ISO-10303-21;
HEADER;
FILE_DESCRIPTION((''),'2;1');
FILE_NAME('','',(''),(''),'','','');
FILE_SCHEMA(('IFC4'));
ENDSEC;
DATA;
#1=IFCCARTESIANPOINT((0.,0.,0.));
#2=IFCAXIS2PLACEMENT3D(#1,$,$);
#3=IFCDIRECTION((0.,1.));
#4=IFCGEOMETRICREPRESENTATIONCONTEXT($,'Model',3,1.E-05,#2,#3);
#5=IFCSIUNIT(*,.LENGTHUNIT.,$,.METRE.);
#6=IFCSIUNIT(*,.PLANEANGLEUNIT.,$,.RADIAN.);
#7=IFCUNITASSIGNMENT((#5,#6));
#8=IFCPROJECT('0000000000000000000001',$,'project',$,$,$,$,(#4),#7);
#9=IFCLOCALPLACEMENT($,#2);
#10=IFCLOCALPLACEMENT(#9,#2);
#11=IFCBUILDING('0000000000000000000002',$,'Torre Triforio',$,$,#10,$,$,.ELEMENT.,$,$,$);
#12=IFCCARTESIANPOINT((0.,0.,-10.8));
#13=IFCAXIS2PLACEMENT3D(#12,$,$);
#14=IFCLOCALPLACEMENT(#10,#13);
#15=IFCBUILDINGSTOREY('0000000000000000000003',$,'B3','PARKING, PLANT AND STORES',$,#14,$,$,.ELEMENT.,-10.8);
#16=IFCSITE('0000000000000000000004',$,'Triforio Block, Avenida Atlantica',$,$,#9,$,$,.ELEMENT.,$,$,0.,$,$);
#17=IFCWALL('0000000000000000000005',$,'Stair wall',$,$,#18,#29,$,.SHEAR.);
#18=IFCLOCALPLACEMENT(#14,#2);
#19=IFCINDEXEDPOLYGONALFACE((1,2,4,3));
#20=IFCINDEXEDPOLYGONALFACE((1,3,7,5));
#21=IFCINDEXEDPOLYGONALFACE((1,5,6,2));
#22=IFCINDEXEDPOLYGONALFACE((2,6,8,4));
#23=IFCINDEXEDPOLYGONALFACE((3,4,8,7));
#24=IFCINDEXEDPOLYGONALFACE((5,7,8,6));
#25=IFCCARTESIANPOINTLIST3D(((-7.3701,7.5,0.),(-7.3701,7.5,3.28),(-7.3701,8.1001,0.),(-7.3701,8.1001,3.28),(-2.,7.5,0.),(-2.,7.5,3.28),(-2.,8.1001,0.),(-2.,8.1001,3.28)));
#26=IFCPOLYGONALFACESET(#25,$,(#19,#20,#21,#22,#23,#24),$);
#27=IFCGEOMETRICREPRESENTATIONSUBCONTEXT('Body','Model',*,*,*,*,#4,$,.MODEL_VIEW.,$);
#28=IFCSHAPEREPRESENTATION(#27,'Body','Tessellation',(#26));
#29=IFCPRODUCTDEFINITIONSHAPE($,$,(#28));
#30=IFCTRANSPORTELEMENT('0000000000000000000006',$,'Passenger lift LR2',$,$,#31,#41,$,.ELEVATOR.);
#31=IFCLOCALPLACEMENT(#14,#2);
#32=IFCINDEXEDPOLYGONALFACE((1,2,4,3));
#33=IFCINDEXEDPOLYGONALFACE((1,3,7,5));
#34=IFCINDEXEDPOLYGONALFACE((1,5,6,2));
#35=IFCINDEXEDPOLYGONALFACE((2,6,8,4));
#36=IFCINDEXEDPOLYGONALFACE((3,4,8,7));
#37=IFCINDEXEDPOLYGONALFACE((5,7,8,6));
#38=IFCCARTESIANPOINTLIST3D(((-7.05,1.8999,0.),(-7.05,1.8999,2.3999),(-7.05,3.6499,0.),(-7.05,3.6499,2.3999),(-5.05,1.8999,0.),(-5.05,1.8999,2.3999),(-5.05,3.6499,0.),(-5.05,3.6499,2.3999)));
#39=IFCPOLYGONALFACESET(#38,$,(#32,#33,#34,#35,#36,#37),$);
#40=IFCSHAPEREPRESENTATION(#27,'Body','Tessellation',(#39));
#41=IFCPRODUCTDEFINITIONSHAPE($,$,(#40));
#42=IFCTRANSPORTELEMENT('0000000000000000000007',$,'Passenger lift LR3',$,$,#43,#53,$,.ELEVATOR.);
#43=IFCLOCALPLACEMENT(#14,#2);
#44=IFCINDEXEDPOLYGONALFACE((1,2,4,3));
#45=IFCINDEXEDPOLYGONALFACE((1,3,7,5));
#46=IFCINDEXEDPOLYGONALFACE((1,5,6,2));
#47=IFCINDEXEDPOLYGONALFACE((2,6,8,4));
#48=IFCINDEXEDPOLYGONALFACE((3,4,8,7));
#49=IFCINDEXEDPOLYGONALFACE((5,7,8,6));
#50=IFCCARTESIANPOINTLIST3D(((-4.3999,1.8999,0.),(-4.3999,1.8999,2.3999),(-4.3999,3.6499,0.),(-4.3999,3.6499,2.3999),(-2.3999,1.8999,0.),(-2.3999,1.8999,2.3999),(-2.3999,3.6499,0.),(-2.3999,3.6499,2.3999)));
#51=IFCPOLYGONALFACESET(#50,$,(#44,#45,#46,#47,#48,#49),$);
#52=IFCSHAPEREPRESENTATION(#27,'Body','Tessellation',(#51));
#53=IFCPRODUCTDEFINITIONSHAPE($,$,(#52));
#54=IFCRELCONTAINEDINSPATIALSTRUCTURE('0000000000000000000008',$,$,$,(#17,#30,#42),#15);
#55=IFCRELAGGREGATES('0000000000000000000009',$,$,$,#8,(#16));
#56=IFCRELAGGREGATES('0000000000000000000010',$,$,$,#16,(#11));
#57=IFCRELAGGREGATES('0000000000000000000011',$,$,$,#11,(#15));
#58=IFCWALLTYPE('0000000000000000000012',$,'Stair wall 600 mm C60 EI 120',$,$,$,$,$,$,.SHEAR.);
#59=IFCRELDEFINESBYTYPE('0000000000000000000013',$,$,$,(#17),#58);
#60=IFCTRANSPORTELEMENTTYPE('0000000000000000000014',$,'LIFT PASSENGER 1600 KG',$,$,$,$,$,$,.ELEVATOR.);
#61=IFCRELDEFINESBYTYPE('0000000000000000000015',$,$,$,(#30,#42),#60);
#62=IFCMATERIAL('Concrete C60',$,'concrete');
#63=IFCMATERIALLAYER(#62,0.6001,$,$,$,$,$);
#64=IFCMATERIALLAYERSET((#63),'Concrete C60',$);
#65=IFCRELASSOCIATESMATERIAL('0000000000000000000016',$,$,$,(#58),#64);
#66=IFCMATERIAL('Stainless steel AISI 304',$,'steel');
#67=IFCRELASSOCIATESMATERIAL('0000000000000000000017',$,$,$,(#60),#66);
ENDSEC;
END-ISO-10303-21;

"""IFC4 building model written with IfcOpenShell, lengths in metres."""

from ifc_helpers import new_model, si_unit, direction, frame, frame_2d, origin, origin_2d, place, context, subcontext, project, spatial, rectangle, extrude, material, layer, layer_set, type_object, element, save


model = new_model("IFC4")

# Units and contexts
model_context = context("Model", 3, precision=1e-05, world=origin(), true_north=direction((0.0, 1.0)))
body_context = subcontext(model_context, "Body", "Model", "MODEL_VIEW")
ifc_project = project(units=[si_unit("LENGTHUNIT", "METRE"), si_unit("PLANEANGLEUNIT", "RADIAN")], contexts=[model_context])

# Site, building, storey
site_placement = place(None, origin())
site = spatial("IfcSite", under=ifc_project, at=site_placement, Name="Triforio Block, Avenida Atlantica", CompositionType="ELEMENT", RefElevation=0.0)
building_placement = place(site_placement, origin())
building = spatial("IfcBuilding", under=site, at=building_placement, Name="Torre Triforio", CompositionType="ELEMENT")
storey_placement = place(building_placement, frame((0.0, 0.0, -10.8)))
storey = spatial("IfcBuildingStorey", under=building, at=storey_placement, Name="B3", Description="PARKING, PLANT AND STORES", CompositionType="ELEMENT", Elevation=-10.8)

# Shared definitions
ifc_material_1 = material(Name="Concrete C60", Category="concrete")

# Wall
ifc_layer_1 = layer(ifc_material_1, 0.6001)
ifc_layer_set_1 = layer_set([ifc_layer_1], Name="Concrete C60")
wall_type_1 = type_object("IfcWallType", Name="Stair wall 600 mm C60 EI 120", PredefinedType="SHEAR", material=ifc_layer_set_1)
wall_1_placement = place(storey_placement, frame((-7.3701, 7.8, 0.0), z_axis=(0.0, 0.0, 1.0), x_axis=(1.0, 0.0, 0.0)))
element("IfcWall", 1, at=wall_1_placement, inside=storey, type_object=wall_type_1, Name="Stair wall", PredefinedType="SHEAR", context=body_context, shape_type="SweptSolid", body=[
    extrude(rectangle(XDim=5.3701, YDim=0.6001, at=frame_2d((2.6851, 0.0))), origin(), (0.0, 0.0, 1.0), 3.28),
])

# Transport elements
ifc_material_2 = material(Name="Stainless steel AISI 304", Category="steel")
transport_element_type = type_object("IfcTransportElementType", Name="LIFT PASSENGER 1600 KG", PredefinedType="ELEVATOR", material=ifc_material_2)
for number, where, z_axis, x_axis, name in (
    (2, (-6.05, 2.7749, 0.0), (0.0, 0.0, 1.0), (1.0, 0.0, 0.0), "Passenger lift LR2"),
    (3, (-3.3999, 2.7749, 0.0), (0.0, 0.0, 1.0), (1.0, 0.0, 0.0), "Passenger lift LR3"),
):
    element("IfcTransportElement", number, at=place(storey_placement, frame(where, z_axis=z_axis, x_axis=x_axis)), inside=storey, type_object=transport_element_type, Name=name, PredefinedType="ELEVATOR", context=body_context, shape_type="SweptSolid", body=[
        extrude(rectangle(XDim=2.0, YDim=1.75, at=origin_2d()), origin(), (0.0, 0.0, 1.0), 2.3999),
    ])

save(model, "model.ifc")
